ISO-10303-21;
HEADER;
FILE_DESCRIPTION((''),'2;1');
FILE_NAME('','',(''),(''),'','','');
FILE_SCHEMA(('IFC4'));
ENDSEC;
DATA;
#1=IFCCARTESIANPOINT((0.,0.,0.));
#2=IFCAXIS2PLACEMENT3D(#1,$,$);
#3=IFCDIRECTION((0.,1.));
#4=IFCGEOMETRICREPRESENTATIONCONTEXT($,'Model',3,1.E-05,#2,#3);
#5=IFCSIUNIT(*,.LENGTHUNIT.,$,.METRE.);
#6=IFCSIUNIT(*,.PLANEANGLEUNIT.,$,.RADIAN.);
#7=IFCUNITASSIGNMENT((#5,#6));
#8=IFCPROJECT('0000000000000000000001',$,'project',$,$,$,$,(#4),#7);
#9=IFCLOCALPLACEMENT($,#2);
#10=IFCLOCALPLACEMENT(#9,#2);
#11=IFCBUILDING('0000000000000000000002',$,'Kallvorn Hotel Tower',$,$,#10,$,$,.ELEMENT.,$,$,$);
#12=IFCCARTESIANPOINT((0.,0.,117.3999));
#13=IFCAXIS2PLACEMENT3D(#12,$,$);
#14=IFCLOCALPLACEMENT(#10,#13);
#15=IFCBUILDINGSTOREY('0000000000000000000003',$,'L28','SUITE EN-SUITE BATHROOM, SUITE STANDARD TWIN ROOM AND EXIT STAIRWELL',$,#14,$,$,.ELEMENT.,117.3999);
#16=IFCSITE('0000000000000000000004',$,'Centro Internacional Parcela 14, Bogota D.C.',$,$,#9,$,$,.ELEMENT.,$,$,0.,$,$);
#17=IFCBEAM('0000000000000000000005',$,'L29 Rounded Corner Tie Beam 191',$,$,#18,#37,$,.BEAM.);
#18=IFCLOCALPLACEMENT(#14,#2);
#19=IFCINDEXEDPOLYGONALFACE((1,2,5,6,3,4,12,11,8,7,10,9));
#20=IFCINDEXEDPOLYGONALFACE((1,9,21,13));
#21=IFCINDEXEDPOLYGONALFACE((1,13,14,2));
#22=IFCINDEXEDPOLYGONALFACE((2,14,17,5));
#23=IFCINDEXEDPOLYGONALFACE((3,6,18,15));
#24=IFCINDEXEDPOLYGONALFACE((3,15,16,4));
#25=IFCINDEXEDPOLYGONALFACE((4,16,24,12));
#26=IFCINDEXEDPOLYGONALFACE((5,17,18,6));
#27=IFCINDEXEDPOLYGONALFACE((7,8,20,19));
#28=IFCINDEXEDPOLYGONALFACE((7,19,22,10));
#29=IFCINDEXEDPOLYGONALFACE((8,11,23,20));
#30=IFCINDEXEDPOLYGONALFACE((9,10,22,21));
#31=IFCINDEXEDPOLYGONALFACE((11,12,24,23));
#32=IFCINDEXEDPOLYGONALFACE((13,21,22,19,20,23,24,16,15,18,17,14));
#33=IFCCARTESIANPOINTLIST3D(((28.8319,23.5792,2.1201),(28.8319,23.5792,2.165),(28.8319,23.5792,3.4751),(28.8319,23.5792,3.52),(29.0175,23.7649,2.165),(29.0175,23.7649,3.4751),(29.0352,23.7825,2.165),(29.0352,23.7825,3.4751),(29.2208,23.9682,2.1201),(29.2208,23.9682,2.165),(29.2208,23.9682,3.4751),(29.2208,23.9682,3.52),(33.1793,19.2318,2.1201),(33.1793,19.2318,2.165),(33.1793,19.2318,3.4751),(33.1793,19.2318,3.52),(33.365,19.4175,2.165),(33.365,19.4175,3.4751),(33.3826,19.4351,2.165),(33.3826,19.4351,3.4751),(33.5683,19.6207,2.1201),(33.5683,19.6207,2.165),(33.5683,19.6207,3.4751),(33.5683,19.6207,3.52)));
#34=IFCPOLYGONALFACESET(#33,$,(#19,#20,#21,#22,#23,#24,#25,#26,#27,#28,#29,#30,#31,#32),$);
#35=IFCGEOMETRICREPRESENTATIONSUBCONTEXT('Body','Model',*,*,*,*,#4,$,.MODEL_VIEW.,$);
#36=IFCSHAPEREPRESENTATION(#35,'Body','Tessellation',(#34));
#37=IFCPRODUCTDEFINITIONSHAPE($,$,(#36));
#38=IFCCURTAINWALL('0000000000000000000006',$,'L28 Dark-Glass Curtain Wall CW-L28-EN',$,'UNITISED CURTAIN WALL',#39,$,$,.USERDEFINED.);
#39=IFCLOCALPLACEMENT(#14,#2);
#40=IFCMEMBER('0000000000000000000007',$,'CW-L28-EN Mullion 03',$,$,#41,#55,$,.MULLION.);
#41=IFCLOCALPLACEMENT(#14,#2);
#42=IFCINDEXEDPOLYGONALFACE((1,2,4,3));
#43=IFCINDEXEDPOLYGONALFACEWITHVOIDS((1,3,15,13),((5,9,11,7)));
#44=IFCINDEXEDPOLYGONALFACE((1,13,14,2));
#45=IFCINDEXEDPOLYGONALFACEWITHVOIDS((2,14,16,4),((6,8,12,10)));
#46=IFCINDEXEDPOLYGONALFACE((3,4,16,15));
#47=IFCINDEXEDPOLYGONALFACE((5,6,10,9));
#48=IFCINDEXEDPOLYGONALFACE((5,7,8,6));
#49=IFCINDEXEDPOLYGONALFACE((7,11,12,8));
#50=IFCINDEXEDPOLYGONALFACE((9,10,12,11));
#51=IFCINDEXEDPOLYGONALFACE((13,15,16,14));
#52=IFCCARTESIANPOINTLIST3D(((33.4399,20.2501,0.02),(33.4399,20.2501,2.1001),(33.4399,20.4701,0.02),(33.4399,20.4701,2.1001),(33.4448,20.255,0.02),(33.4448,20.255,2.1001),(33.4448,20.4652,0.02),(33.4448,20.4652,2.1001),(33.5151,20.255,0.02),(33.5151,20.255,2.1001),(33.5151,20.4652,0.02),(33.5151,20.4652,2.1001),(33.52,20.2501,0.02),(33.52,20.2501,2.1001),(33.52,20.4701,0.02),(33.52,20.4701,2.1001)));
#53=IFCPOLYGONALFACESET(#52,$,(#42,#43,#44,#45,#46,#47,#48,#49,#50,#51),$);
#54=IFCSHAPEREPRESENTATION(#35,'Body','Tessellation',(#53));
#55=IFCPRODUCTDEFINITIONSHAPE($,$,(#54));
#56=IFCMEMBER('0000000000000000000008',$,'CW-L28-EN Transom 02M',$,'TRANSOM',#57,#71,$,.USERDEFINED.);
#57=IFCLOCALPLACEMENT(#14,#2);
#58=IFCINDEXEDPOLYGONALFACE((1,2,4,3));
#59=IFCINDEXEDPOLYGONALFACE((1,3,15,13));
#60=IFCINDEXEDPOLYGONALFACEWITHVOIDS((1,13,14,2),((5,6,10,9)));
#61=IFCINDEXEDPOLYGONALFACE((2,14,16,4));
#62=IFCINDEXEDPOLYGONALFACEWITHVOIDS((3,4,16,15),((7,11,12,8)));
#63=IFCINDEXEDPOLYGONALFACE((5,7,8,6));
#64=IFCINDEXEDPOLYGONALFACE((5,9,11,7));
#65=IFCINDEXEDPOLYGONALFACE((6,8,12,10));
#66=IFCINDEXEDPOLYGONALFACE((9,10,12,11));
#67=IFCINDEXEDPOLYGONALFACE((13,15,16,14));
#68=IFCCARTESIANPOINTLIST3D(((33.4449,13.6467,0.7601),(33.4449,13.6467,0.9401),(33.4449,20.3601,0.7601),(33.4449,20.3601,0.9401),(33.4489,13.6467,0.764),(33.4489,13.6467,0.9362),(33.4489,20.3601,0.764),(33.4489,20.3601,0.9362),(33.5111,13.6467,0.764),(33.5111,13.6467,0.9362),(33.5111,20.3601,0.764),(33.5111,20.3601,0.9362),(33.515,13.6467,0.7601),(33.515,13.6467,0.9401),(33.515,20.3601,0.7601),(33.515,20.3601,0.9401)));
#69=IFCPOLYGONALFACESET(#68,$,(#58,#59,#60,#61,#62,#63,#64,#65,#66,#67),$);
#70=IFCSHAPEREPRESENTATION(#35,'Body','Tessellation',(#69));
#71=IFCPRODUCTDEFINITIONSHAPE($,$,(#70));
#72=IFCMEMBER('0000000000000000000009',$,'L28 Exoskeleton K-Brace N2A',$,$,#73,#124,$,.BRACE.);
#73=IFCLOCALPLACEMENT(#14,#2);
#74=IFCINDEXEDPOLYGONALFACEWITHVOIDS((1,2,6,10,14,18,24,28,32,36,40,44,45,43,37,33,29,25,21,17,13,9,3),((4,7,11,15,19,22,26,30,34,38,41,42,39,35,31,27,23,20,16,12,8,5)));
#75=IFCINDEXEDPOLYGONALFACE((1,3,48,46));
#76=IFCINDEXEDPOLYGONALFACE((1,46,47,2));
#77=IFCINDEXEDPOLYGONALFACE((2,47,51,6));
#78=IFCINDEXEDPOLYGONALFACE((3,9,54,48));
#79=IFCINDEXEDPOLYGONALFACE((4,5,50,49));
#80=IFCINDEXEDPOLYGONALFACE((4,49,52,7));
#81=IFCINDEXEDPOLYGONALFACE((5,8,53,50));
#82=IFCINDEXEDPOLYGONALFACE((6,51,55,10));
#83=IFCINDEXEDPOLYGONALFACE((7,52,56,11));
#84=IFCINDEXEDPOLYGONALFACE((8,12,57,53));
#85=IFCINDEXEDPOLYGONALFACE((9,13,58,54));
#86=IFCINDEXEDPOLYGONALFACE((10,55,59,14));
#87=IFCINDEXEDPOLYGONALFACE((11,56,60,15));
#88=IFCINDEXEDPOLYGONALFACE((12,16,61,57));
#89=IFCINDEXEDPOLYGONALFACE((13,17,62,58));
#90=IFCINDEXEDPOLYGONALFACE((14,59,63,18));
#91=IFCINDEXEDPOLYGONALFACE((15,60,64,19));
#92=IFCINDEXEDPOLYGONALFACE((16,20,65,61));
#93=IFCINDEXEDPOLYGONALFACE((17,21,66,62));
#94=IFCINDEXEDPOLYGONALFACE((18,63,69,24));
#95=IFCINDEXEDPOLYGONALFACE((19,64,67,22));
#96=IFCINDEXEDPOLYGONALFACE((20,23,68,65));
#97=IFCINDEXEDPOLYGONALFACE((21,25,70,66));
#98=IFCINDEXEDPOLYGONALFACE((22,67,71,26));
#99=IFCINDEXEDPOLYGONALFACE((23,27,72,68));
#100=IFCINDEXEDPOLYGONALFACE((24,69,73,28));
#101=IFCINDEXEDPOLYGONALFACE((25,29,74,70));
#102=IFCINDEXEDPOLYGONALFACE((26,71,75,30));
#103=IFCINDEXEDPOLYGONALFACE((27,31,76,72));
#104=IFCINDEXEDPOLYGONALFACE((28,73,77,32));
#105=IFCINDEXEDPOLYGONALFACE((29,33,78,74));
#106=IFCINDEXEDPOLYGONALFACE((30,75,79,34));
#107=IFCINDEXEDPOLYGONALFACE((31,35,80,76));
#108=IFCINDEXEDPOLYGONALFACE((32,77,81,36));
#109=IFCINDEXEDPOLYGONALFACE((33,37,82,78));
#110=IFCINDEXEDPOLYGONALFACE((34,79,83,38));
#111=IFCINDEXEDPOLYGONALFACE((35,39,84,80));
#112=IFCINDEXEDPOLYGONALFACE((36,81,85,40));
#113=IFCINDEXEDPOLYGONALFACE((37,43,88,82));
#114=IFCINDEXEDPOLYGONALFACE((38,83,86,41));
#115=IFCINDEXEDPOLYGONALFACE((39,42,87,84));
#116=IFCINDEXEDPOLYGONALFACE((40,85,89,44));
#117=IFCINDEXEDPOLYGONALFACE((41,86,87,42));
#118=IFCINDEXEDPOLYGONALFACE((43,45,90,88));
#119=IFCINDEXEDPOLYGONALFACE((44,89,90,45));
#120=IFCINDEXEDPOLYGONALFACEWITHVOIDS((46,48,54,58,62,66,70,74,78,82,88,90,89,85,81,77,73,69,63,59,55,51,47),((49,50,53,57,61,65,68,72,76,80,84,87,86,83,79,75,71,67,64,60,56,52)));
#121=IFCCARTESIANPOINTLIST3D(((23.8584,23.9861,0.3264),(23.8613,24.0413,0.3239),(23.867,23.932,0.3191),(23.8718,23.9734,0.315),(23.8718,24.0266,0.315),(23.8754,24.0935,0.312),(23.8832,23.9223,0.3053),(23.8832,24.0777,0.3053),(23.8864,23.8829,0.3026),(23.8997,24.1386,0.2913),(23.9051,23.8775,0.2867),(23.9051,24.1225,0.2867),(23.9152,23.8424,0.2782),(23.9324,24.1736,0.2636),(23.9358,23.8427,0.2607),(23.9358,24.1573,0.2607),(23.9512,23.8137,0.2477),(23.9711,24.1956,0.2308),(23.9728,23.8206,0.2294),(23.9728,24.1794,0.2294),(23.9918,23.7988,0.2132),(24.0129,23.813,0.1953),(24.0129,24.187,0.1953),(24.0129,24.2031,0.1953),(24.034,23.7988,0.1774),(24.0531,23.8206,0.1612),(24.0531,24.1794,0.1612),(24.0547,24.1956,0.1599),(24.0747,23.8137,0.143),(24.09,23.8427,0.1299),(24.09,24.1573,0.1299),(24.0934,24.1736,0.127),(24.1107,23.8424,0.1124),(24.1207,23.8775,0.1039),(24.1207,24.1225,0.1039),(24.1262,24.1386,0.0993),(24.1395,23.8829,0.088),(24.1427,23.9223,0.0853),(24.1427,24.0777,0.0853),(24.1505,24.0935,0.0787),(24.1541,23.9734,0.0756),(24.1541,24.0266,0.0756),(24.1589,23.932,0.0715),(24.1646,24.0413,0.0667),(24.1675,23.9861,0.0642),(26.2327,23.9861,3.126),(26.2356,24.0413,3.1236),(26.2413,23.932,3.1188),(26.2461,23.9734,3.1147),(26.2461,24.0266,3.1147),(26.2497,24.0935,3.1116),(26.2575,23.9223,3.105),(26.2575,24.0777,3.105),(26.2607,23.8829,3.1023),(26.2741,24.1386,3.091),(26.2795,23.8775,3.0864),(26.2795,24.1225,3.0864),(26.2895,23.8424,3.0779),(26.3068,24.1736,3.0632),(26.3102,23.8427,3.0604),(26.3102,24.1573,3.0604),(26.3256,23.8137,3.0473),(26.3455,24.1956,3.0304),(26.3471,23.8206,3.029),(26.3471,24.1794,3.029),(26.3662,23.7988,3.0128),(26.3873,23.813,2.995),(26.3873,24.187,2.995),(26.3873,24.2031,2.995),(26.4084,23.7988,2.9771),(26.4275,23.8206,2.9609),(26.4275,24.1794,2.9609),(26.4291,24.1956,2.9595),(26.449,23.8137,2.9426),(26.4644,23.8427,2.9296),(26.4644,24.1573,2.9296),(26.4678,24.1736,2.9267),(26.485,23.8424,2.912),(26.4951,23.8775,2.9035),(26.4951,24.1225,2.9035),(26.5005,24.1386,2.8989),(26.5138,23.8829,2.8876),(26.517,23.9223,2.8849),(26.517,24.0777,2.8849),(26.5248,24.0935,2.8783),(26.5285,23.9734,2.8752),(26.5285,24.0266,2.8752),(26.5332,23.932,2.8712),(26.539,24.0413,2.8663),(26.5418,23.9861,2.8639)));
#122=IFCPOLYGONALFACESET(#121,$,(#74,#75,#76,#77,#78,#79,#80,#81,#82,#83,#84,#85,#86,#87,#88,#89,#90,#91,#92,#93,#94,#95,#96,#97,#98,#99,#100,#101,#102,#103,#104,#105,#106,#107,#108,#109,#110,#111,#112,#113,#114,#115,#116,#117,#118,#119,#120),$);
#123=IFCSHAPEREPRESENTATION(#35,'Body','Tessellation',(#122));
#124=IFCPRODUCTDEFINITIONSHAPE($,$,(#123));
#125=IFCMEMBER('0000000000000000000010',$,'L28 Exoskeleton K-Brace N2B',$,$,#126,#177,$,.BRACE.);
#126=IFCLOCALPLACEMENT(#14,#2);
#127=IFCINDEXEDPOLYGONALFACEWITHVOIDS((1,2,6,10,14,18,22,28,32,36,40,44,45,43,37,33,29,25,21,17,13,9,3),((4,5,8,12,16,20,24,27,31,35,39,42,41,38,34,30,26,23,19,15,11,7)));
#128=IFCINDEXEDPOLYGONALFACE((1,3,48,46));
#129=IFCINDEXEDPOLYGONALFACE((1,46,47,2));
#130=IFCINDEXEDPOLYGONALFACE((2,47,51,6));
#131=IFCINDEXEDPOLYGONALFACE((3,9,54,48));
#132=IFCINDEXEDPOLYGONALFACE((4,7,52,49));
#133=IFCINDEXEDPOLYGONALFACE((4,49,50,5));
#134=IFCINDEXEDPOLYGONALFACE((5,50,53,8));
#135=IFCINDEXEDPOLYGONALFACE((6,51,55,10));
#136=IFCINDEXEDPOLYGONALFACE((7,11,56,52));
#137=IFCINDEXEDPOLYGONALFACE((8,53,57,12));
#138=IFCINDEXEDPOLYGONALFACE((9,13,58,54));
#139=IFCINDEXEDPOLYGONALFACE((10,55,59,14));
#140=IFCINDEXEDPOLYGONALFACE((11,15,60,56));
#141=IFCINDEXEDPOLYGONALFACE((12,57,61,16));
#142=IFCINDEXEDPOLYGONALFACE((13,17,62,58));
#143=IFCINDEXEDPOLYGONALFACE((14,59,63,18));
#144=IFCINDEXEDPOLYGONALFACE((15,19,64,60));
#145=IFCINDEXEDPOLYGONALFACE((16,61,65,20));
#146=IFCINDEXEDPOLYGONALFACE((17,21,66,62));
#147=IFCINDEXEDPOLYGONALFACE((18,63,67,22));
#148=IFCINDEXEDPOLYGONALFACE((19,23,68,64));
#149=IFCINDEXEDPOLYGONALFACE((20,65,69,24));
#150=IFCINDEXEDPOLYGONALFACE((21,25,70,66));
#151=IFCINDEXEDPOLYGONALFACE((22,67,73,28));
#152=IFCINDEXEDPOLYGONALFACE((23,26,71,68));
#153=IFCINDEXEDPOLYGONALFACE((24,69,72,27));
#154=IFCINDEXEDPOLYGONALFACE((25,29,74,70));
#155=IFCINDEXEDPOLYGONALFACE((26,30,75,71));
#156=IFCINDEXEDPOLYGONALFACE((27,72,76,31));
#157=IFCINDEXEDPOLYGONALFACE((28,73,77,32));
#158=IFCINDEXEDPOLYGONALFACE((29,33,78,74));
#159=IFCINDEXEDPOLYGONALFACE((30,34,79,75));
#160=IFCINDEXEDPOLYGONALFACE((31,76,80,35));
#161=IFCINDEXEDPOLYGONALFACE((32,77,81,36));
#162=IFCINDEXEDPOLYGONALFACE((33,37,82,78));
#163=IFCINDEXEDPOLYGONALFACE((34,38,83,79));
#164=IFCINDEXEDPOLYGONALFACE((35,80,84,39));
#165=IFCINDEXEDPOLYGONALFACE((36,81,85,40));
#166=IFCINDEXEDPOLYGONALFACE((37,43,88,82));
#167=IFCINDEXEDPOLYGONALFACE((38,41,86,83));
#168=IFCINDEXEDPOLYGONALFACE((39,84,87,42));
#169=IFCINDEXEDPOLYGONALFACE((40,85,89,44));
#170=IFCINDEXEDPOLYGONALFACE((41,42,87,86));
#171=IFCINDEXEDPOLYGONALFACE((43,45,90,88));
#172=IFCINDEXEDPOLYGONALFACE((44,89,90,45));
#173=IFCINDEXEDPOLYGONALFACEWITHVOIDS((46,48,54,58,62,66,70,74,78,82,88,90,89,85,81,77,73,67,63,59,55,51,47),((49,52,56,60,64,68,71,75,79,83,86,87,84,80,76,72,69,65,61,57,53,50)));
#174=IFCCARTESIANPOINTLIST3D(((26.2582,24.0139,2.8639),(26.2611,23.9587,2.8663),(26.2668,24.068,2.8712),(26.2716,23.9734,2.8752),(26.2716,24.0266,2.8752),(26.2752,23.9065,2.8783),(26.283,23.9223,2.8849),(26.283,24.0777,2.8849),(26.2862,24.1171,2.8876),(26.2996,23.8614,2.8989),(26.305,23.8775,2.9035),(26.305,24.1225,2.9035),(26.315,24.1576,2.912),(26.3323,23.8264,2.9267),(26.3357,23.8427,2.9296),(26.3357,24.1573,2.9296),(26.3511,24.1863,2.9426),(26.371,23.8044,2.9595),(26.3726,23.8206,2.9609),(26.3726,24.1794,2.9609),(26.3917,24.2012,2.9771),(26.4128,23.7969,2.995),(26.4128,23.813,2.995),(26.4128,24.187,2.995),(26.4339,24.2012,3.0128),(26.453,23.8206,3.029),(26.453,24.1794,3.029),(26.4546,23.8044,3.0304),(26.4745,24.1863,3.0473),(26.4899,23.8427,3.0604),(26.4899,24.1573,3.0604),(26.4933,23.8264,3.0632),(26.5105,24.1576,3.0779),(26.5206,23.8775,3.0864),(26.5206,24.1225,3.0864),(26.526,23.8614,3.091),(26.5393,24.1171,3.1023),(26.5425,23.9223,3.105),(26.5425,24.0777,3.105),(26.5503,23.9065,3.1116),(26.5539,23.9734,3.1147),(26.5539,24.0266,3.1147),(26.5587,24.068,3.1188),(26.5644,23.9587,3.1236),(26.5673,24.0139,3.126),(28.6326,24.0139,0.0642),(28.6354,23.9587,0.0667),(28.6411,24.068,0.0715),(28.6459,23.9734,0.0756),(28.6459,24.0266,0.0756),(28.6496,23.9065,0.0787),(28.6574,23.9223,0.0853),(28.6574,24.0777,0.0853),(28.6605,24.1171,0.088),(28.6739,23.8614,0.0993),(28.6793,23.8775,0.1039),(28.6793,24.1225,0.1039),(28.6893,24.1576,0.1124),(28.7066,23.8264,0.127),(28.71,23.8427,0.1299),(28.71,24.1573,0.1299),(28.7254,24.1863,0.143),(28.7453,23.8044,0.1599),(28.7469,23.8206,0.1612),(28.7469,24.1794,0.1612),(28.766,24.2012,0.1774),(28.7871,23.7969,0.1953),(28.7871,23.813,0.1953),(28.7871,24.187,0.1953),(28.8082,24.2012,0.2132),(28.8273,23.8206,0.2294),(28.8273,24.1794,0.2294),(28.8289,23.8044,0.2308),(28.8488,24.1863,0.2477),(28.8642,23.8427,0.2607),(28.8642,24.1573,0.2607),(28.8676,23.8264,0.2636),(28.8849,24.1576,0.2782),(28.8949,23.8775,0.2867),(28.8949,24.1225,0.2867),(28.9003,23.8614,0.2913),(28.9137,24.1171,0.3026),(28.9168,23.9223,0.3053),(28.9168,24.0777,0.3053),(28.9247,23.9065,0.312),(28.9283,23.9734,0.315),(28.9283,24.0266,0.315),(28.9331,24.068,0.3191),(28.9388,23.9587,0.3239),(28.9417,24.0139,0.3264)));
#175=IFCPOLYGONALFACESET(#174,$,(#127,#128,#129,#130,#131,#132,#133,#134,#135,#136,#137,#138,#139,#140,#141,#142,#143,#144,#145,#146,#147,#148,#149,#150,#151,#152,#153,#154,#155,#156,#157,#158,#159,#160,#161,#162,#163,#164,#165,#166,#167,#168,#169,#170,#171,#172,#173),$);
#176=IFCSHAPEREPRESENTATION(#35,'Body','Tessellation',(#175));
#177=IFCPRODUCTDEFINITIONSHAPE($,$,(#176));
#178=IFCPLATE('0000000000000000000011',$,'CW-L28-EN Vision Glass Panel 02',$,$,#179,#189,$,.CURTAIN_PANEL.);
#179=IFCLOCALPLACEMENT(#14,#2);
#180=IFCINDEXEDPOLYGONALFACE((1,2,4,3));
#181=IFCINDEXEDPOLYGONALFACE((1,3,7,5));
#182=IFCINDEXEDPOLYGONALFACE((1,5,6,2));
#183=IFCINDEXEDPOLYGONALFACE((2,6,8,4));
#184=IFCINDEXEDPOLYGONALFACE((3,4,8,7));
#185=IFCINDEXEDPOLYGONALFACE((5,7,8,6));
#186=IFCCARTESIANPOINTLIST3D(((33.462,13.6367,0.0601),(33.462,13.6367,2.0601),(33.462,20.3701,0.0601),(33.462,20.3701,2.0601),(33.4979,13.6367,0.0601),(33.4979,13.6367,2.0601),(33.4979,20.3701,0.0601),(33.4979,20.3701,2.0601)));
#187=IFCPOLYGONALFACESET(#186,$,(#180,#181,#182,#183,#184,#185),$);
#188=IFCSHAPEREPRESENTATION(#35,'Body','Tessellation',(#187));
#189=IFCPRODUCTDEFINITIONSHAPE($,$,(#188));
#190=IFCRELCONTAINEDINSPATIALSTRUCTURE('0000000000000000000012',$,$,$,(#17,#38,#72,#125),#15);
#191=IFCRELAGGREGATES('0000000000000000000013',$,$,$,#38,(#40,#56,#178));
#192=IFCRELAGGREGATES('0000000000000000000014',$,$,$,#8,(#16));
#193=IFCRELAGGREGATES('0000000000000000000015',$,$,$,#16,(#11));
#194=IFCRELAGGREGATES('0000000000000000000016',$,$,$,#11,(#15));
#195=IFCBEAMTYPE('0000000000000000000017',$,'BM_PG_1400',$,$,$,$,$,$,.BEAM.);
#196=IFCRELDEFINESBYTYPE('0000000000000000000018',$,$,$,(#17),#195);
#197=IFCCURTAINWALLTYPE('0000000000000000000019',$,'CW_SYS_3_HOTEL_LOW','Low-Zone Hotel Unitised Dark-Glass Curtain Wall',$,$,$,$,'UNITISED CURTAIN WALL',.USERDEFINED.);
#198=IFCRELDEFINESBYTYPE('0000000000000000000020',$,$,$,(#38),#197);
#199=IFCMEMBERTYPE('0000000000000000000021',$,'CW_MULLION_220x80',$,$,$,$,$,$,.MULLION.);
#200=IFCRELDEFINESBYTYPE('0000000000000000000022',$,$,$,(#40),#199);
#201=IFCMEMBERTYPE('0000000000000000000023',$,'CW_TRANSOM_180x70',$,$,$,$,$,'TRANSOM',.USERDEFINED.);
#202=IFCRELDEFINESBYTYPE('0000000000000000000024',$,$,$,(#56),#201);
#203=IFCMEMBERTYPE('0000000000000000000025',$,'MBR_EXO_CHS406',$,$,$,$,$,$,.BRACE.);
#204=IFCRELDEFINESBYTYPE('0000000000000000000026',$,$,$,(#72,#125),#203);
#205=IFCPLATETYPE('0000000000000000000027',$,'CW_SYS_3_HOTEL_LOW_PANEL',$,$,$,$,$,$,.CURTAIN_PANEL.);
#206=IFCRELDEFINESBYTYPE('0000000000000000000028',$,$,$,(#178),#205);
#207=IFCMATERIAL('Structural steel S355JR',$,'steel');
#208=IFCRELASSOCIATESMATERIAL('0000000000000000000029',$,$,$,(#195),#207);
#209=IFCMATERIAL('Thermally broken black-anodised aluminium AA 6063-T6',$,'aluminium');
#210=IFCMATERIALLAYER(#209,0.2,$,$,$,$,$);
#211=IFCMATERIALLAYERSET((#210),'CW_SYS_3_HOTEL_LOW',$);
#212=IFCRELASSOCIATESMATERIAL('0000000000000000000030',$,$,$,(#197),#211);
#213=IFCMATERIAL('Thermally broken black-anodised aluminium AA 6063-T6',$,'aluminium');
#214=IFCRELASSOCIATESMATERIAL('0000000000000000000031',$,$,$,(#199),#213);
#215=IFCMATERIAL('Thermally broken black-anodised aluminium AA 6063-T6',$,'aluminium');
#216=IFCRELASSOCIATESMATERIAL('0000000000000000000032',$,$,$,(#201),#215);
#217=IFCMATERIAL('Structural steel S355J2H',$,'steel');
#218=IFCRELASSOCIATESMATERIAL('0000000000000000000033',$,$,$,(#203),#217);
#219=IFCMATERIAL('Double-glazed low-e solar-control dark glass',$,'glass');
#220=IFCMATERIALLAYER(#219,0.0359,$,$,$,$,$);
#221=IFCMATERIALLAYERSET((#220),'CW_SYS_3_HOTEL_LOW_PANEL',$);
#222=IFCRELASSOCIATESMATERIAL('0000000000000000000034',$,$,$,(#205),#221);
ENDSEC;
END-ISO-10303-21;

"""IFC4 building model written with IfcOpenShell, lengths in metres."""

from ifc_helpers import new_model, si_unit, direction, frame, origin, origin_2d, place, context, subcontext, project, spatial, rectangle, hollow_rectangle, hollow_circle, i_section, extrude, material, layer, layer_set, material_profile, profile_set, type_object, element, aggregate, save


model = new_model("IFC4")

# Units and contexts
model_context = context("Model", 3, precision=1e-05, world=origin(), true_north=direction((0.0, 1.0)))
body_context = subcontext(model_context, "Body", "Model", "MODEL_VIEW")
ifc_project = project(units=[si_unit("LENGTHUNIT", "METRE"), si_unit("PLANEANGLEUNIT", "RADIAN")], contexts=[model_context])

# Site, building, storey
site_placement = place(None, origin())
site = spatial("IfcSite", under=ifc_project, at=site_placement, Name="Centro Internacional Parcela 14, Bogota D.C.", CompositionType="ELEMENT", RefElevation=0.0)
building_placement = place(site_placement, origin())
building = spatial("IfcBuilding", under=site, at=building_placement, Name="Kallvorn Hotel Tower", CompositionType="ELEMENT")
storey_placement = place(building_placement, frame((0.0, 0.0, 117.3999)))
storey = spatial("IfcBuildingStorey", under=building, at=storey_placement, Name="L28", Description="SUITE EN-SUITE BATHROOM, SUITE STANDARD TWIN ROOM AND EXIT STAIRWELL", CompositionType="ELEMENT", Elevation=117.3999)

# Beam
ifc_material_1 = material(Name="Structural steel S355JR", Category="steel")
ifc_material_profile_1 = material_profile(ifc_material_1, i_section(OverallWidth=0.55, OverallDepth=1.3999, WebThickness=0.0249, FlangeThickness=0.0449, at=origin_2d()), Name="PG 1400x550x25x45")
ifc_profile_set_1 = profile_set([ifc_material_profile_1], Name="Structural steel S355JR")
beam_type_1 = type_object("IfcBeamType", Name="BM_PG_1400", PredefinedType="BEAM", material=ifc_profile_set_1)
beam_1_placement = place(storey_placement, frame((33.3738, 19.4263, 2.8201), z_axis=(-0.707107, 0.707107, 0.0), x_axis=(-0.707107, -0.707107, 0.0)))
element("IfcBeam", 1, at=beam_1_placement, inside=storey, type_object=beam_type_1, Name="L29 Rounded Corner Tie Beam 191", PredefinedType="BEAM", context=body_context, shape_type="SweptSolid", body=[
    extrude(i_section(OverallWidth=0.55, OverallDepth=1.3999, WebThickness=0.0249, FlangeThickness=0.0449, at=origin_2d()), origin(), (0.0, 0.0, 1.0), 6.1482),
])

# Curtain wall, members
ifc_material_2 = material(Name="Thermally broken black-anodised aluminium AA 6063-T6", Category="aluminium")
ifc_layer_1 = layer(ifc_material_2, 0.2)
ifc_layer_set_1 = layer_set([ifc_layer_1], Name="CW_SYS_3_HOTEL_LOW")
curtain_wall_type = type_object("IfcCurtainWallType", Name="CW_SYS_3_HOTEL_LOW", Description="Low-Zone Hotel Unitised Dark-Glass Curtain Wall", ElementType="UNITISED CURTAIN WALL", PredefinedType="USERDEFINED", material=ifc_layer_set_1)
curtain_wall_placement = place(storey_placement, origin())
curtain_wall = element("IfcCurtainWall", 2, at=curtain_wall_placement, inside=storey, type_object=curtain_wall_type, Name="L28 Dark-Glass Curtain Wall CW-L28-EN", ObjectType="UNITISED CURTAIN WALL", PredefinedType="USERDEFINED")
ifc_material_3 = material(Name="Thermally broken black-anodised aluminium AA 6063-T6", Category="aluminium")
ifc_material_profile_2 = material_profile(ifc_material_3, hollow_rectangle(XDim=0.0801, YDim=0.22, WallThickness=0.0049, at=origin_2d()), Name="MUL 220x80")
ifc_profile_set_2 = profile_set([ifc_material_profile_2], Name="Thermally broken black-anodised aluminium AA 6063-T6")
member_type_1 = type_object("IfcMemberType", Name="CW_MULLION_220x80", PredefinedType="MULLION", material=ifc_profile_set_2)
member_1_placement = place(storey_placement, frame((33.48, 20.3601, 0.02), z_axis=(0.0, 0.0, 1.0), x_axis=(1.0, 0.0, 0.0)))
member_1 = element("IfcMember", 3, at=member_1_placement, type_object=member_type_1, Name="CW-L28-EN Mullion 03", PredefinedType="MULLION", context=body_context, shape_type="SweptSolid", body=[
    extrude(hollow_rectangle(XDim=0.0801, YDim=0.22, WallThickness=0.0049, at=origin_2d()), origin(), (0.0, 0.0, 1.0), 2.0801),
])
ifc_material_4 = material(Name="Thermally broken black-anodised aluminium AA 6063-T6", Category="aluminium")
ifc_material_profile_3 = material_profile(ifc_material_4, hollow_rectangle(XDim=0.0701, YDim=0.1799, WallThickness=0.0039, at=origin_2d()), Name="TRN 180x70")
ifc_profile_set_3 = profile_set([ifc_material_profile_3], Name="Thermally broken black-anodised aluminium AA 6063-T6")
member_type_2 = type_object("IfcMemberType", Name="CW_TRANSOM_180x70", ElementType="TRANSOM", PredefinedType="USERDEFINED", material=ifc_profile_set_3)
member_2_placement = place(storey_placement, frame((33.48, 13.6467, 0.8501), z_axis=(0.0, 1.0, 0.0), x_axis=(-1.0, 0.0, 0.0)))
member_2 = element("IfcMember", 4, at=member_2_placement, type_object=member_type_2, Name="CW-L28-EN Transom 02M", ObjectType="TRANSOM", PredefinedType="USERDEFINED", context=body_context, shape_type="SweptSolid", body=[
    extrude(hollow_rectangle(XDim=0.0701, YDim=0.1799, WallThickness=0.0039, at=origin_2d()), origin(), (0.0, 0.0, 1.0), 6.7134),
])

# Members
ifc_material_5 = material(Name="Structural steel S355J2H", Category="steel")
ifc_material_profile_4 = material_profile(ifc_material_5, hollow_circle(Radius=0.2031, WallThickness=0.0161, at=origin_2d()), Name="CHS 406.4x16")
ifc_profile_set_4 = profile_set([ifc_material_profile_4], Name="Structural steel S355J2H")
member_type_3 = type_object("IfcMemberType", Name="MBR_EXO_CHS406", PredefinedType="BRACE", material=ifc_profile_set_4)
for number, where, z_axis, x_axis, name in (
    (5, (24.0129, 24.0, 0.1953), (0.6468, 0.0, 0.762659), (0.0, 1.0, 0.0), "L28 Exoskeleton K-Brace N2A"),
    (6, (28.7871, 24.0, 0.1953), (-0.6468, 0.0, 0.762659), (0.0, -1.0, 0.0), "L28 Exoskeleton K-Brace N2B"),
):
    element("IfcMember", number, at=place(storey_placement, frame(where, z_axis=z_axis, x_axis=x_axis)), inside=storey, type_object=member_type_3, Name=name, PredefinedType="BRACE", context=body_context, shape_type="SweptSolid", body=[
        extrude(hollow_circle(Radius=0.2031, WallThickness=0.0161, at=origin_2d()), origin(), (0.0, 0.0, 1.0), 3.6709),
    ])

# Plate
ifc_material_6 = material(Name="Double-glazed low-e solar-control dark glass", Category="glass")
ifc_layer_2 = layer(ifc_material_6, 0.0359)
ifc_layer_set_2 = layer_set([ifc_layer_2], Name="CW_SYS_3_HOTEL_LOW_PANEL")
plate_type_1 = type_object("IfcPlateType", Name="CW_SYS_3_HOTEL_LOW_PANEL", PredefinedType="CURTAIN_PANEL", material=ifc_layer_set_2)
plate_1_placement = place(storey_placement, frame((33.48, 17.0034, 0.0601), z_axis=(0.0, 0.0, 1.0), x_axis=(0.0, 1.0, 0.0)))
plate_1 = element("IfcPlate", 7, at=plate_1_placement, type_object=plate_type_1, Name="CW-L28-EN Vision Glass Panel 02", PredefinedType="CURTAIN_PANEL", context=body_context, shape_type="SweptSolid", body=[
    extrude(rectangle(XDim=6.7334, YDim=0.0359, at=origin_2d()), origin(), (0.0, 0.0, 1.0), 2.0),
])
aggregate(curtain_wall, [member_1, member_2, plate_1])

save(model, "model.ifc")
